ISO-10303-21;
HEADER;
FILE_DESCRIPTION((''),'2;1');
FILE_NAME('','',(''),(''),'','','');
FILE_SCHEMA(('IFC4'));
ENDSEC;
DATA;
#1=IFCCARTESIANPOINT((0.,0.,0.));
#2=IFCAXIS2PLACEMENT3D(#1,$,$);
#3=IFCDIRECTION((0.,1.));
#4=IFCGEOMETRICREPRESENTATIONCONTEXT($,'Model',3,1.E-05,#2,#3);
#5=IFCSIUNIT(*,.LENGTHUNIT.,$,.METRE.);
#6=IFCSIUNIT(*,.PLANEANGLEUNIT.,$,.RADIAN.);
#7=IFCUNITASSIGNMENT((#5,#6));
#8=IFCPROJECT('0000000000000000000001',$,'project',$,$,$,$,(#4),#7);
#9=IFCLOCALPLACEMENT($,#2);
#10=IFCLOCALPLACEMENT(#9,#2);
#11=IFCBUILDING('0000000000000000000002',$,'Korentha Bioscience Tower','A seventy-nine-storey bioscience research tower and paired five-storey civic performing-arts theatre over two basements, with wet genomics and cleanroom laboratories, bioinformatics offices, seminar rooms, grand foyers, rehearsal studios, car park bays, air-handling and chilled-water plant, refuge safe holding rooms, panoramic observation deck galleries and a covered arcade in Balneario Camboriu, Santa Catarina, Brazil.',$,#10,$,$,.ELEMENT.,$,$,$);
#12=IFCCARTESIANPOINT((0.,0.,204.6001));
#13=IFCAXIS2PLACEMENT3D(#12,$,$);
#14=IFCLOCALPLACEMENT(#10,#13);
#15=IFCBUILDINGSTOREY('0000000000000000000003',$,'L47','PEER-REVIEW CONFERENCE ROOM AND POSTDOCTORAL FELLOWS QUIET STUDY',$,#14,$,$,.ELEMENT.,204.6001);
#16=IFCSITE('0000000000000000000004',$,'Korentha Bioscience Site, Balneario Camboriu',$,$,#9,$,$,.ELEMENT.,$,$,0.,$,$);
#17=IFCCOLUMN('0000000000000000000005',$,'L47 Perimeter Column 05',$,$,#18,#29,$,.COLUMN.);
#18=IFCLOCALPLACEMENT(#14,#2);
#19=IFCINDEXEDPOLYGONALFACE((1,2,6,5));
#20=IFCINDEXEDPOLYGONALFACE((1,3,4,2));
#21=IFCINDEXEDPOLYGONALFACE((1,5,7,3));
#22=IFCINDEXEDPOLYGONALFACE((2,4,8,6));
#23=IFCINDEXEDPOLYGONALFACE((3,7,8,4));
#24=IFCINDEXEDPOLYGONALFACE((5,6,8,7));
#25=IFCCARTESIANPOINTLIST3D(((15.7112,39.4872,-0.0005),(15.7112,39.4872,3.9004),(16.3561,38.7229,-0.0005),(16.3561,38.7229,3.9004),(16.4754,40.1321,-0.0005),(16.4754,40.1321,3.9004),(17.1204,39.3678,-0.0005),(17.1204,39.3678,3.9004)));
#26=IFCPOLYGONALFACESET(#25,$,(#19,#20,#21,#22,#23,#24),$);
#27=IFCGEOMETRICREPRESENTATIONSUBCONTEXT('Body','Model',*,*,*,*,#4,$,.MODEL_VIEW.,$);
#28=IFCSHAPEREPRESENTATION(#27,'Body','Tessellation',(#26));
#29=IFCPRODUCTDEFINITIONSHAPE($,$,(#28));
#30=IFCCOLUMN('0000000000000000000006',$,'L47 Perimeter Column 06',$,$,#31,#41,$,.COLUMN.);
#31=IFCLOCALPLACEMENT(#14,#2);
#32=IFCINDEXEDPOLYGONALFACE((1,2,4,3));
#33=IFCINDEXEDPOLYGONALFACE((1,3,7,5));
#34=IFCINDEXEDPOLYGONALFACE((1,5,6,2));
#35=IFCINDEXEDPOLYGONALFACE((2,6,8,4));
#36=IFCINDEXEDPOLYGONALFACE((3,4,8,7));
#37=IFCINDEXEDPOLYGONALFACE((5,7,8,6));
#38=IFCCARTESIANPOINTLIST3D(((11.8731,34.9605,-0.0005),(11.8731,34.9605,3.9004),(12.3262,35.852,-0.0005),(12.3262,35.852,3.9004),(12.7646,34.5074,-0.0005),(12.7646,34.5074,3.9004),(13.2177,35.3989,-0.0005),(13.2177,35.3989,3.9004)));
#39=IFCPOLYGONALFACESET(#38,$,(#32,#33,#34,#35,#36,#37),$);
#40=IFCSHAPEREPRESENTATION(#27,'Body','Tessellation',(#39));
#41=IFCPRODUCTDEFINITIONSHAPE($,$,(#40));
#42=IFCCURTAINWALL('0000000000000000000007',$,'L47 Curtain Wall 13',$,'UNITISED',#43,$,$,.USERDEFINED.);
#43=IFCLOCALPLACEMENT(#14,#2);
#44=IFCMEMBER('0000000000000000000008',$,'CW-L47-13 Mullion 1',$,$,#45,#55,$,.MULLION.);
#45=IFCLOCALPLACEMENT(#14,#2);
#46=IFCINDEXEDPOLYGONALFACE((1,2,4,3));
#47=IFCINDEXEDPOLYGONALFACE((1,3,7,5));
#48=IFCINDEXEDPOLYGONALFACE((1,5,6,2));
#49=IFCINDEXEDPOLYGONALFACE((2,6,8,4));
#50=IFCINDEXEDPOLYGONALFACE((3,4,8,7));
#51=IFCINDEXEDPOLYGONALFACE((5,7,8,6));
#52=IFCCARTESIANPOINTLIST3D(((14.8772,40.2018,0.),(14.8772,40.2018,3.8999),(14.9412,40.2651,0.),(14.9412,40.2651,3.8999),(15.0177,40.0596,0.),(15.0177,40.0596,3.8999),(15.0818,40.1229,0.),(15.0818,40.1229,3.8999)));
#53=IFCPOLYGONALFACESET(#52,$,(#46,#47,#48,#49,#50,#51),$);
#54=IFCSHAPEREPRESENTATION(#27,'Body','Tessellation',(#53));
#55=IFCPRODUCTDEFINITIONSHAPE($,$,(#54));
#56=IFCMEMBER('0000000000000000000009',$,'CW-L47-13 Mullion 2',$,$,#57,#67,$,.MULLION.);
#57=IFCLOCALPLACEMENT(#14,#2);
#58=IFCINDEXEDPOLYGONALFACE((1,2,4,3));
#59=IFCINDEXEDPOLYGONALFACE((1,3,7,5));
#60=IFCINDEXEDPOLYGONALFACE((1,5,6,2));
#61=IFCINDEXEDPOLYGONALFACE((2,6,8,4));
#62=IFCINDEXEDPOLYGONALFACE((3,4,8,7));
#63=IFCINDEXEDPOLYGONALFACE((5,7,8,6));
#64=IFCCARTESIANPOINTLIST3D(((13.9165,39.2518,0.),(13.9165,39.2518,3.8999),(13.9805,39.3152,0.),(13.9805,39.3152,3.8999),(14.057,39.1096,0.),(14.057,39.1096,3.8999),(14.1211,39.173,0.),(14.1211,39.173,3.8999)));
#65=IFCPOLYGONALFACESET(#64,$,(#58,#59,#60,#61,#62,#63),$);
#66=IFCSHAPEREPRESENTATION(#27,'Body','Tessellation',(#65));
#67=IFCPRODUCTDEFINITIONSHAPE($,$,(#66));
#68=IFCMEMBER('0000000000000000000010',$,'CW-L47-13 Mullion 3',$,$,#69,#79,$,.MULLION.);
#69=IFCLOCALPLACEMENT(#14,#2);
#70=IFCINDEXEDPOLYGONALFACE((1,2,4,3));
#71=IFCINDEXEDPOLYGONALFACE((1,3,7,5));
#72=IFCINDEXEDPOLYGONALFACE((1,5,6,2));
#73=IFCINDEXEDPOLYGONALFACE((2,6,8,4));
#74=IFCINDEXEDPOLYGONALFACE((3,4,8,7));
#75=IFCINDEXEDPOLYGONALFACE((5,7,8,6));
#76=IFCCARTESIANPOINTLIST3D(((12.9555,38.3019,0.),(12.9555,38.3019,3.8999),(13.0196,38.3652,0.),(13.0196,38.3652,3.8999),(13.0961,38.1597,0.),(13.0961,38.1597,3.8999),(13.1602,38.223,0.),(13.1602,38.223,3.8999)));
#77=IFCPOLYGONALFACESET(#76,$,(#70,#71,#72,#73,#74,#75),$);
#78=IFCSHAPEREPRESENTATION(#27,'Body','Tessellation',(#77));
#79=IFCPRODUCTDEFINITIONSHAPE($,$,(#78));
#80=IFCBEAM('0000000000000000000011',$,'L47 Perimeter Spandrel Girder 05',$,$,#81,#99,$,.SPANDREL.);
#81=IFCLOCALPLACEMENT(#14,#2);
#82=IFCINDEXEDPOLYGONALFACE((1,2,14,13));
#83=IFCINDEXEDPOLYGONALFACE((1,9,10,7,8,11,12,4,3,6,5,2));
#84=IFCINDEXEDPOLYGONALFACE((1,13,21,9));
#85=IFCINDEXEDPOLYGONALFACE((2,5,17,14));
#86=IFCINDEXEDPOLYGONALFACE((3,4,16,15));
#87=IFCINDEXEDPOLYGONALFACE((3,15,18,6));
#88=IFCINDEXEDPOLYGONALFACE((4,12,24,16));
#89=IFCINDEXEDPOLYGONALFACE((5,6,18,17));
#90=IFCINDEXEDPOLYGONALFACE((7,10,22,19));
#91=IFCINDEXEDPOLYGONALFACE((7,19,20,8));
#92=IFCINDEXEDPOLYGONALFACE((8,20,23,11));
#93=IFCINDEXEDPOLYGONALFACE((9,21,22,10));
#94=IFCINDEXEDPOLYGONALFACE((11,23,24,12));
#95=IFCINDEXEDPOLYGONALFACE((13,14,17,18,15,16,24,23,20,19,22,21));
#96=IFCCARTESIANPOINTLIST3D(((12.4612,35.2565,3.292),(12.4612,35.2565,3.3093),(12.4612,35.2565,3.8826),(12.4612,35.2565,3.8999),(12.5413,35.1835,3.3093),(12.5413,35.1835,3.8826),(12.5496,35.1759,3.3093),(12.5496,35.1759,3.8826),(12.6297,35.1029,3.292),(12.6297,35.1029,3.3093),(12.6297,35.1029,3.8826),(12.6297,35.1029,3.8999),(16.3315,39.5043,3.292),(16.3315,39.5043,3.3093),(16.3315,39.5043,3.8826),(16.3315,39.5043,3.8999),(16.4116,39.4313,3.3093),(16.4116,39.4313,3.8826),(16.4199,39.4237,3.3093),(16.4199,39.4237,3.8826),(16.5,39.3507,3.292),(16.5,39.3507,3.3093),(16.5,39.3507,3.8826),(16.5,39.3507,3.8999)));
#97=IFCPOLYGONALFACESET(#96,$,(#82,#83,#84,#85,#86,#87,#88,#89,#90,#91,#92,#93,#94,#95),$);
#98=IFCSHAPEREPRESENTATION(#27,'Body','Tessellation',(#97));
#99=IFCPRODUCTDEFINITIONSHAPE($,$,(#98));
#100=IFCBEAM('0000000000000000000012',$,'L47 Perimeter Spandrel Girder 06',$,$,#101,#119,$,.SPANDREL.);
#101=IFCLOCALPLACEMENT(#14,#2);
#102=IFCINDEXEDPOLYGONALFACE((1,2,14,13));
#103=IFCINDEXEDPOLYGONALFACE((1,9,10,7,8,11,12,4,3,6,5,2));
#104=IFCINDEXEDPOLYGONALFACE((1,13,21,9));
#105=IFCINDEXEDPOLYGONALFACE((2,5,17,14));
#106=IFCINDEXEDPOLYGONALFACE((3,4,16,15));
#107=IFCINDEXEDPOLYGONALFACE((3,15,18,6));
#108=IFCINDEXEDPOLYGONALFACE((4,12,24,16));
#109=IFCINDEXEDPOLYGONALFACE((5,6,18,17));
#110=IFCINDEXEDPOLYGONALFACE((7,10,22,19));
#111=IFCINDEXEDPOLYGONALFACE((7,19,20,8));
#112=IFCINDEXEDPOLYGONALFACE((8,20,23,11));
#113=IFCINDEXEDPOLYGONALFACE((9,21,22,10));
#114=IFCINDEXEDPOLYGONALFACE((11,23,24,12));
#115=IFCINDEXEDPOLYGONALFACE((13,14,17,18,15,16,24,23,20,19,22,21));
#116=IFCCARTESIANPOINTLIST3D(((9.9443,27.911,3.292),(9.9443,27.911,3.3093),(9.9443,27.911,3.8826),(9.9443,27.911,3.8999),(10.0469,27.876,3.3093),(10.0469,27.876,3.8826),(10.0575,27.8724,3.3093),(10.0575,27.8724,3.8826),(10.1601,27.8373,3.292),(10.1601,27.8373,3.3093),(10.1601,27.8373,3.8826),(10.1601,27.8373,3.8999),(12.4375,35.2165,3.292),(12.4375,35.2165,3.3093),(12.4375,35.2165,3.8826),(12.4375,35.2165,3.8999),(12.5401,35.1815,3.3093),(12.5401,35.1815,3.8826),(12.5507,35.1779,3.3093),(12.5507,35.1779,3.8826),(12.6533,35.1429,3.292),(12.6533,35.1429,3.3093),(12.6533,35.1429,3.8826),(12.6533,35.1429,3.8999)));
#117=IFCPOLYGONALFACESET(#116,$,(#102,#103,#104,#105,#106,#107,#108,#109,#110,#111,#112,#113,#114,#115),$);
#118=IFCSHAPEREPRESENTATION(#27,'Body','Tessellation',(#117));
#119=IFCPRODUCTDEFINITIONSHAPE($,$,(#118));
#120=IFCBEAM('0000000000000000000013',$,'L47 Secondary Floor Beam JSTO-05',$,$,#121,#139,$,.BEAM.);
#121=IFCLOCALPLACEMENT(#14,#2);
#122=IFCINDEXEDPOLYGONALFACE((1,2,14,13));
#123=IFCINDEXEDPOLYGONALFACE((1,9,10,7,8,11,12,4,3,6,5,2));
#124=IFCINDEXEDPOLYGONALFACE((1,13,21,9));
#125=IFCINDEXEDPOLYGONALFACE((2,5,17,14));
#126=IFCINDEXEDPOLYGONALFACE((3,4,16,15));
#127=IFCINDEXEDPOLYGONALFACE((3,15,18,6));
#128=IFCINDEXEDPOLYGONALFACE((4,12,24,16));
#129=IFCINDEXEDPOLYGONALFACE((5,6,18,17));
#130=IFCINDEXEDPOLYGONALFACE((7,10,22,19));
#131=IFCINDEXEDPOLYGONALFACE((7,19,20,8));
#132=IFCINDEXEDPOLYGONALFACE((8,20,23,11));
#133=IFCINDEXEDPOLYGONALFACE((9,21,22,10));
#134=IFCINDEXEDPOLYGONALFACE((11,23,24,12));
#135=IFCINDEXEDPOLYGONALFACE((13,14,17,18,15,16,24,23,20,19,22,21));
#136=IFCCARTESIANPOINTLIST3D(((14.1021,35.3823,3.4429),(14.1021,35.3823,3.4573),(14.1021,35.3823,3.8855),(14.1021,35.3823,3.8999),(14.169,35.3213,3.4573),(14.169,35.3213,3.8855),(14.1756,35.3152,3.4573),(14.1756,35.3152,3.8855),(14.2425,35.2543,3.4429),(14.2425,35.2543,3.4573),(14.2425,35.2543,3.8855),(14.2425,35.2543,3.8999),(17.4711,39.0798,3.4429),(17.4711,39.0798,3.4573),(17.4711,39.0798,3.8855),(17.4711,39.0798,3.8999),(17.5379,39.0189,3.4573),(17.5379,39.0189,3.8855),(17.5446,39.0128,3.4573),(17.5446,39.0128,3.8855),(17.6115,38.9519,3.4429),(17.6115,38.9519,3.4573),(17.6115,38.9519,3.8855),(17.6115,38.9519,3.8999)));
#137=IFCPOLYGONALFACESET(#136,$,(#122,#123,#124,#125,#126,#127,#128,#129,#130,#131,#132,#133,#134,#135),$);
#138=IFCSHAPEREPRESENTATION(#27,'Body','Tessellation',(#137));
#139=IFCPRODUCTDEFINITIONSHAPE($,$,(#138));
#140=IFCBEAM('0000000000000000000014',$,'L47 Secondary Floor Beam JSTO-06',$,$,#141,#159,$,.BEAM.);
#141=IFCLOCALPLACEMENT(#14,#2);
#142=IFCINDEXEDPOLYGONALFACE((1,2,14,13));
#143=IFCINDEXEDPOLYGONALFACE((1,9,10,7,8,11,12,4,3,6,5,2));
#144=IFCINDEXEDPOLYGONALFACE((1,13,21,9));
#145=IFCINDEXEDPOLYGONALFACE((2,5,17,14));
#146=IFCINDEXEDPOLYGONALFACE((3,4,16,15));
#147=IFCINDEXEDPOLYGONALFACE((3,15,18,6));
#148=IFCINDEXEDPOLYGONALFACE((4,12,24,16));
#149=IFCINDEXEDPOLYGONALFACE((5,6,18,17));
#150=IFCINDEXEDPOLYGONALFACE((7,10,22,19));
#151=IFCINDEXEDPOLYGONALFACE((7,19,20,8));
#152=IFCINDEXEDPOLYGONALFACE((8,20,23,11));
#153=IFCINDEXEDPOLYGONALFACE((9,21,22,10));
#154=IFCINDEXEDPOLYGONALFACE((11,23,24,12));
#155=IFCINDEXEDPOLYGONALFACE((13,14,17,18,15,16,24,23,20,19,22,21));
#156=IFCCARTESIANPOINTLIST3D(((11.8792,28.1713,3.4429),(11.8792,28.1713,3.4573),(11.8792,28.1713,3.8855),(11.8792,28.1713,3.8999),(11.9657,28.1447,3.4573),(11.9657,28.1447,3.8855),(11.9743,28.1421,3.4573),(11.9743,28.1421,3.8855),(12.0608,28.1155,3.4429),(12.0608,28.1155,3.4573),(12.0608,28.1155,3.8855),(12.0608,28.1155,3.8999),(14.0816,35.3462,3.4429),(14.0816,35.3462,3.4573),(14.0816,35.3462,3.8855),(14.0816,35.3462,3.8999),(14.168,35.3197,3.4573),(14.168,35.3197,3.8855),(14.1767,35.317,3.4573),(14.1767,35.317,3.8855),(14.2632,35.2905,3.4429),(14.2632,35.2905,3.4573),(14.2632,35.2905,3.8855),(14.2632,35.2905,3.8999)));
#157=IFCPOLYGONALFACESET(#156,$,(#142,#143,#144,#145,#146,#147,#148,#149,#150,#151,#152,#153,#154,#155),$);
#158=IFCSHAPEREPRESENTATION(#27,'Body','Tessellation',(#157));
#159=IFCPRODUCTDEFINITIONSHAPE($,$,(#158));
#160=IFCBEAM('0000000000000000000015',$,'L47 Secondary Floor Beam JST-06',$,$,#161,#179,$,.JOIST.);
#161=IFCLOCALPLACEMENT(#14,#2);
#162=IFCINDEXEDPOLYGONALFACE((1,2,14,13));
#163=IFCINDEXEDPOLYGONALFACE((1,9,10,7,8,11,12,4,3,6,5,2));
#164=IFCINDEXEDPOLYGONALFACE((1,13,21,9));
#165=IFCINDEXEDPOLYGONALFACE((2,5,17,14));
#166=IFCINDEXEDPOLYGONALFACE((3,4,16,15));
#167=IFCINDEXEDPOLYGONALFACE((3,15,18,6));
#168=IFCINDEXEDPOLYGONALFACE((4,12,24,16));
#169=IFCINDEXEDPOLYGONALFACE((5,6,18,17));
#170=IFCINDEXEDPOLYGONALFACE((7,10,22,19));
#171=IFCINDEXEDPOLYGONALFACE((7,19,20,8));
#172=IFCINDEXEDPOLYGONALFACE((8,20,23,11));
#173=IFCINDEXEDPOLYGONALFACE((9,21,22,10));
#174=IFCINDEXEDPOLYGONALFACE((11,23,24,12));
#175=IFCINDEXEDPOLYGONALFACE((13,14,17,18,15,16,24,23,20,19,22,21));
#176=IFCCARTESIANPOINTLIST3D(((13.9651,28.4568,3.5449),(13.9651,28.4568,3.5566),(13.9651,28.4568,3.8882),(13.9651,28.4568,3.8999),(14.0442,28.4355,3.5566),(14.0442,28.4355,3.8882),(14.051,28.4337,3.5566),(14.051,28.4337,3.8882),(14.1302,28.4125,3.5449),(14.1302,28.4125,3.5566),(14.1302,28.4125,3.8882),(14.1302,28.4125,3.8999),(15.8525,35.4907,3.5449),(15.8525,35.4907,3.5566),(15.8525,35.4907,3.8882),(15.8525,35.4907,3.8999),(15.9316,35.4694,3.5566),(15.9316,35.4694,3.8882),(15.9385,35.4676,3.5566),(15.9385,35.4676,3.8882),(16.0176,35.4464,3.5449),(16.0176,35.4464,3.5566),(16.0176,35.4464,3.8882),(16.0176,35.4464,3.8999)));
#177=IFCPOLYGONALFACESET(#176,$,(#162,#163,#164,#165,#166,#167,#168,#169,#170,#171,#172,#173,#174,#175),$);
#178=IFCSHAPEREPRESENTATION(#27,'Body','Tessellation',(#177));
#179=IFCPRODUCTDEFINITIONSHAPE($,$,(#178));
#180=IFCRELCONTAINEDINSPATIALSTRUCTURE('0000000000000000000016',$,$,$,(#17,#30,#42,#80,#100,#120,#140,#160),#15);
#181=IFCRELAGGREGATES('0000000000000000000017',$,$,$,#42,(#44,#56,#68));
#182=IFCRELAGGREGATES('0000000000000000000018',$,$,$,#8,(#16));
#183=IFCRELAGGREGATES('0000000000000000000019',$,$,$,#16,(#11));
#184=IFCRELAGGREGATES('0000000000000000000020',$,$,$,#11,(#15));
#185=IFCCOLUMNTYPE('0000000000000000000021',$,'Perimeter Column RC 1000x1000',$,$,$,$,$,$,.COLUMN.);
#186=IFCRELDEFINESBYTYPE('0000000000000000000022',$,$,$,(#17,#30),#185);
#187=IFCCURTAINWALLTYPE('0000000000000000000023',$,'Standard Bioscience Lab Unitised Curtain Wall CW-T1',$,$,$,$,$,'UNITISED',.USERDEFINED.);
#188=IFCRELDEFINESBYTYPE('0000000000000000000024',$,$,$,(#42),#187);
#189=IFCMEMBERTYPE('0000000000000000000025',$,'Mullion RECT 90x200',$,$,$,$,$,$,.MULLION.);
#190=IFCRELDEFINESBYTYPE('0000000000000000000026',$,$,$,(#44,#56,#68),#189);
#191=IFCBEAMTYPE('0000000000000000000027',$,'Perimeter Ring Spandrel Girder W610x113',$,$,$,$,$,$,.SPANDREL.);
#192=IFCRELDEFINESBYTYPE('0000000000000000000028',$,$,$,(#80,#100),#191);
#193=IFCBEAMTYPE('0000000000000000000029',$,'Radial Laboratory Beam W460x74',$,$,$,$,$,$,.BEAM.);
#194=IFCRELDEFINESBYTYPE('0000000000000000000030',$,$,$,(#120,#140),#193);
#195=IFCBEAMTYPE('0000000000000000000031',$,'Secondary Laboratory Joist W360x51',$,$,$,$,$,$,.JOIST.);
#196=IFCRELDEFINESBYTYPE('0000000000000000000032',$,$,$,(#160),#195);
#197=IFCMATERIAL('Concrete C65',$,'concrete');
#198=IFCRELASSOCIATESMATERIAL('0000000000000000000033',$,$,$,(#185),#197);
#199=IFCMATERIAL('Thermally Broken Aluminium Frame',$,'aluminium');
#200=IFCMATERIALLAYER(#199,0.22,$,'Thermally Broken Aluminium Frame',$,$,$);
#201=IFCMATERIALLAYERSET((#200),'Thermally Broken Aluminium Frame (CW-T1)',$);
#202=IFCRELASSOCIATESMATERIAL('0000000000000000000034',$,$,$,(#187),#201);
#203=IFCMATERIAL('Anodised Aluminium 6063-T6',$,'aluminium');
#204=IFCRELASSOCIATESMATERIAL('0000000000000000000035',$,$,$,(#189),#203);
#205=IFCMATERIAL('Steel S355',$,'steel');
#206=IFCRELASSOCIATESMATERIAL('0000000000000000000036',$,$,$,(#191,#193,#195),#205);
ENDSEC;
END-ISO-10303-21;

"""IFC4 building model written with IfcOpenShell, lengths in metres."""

from ifc_helpers import new_model, si_unit, direction, frame, origin, origin_2d, place, context, subcontext, project, spatial, rectangle, i_section, extrude, material, layer, layer_set, material_profile, profile_set, type_object, element, aggregate, save


model = new_model("IFC4")

# Units and contexts
model_context = context("Model", 3, precision=1e-05, world=origin(), true_north=direction((0.0, 1.0)))
body_context = subcontext(model_context, "Body", "Model", "MODEL_VIEW")
ifc_project = project(units=[si_unit("LENGTHUNIT", "METRE"), si_unit("PLANEANGLEUNIT", "RADIAN")], contexts=[model_context])

# Site, building, storey
site_placement = place(None, origin())
site = spatial("IfcSite", under=ifc_project, at=site_placement, Name="Korentha Bioscience Site, Balneario Camboriu", CompositionType="ELEMENT", RefElevation=0.0)
building_placement = place(site_placement, origin())
building = spatial("IfcBuilding", under=site, at=building_placement, Name="Korentha Bioscience Tower", Description="A seventy-nine-storey bioscience research tower and paired five-storey civic performing-arts theatre over two basements, with wet genomics and cleanroom laboratories, bioinformatics offices, seminar rooms, grand foyers, rehearsal studios, car park bays, air-handling and chilled-water plant, refuge safe holding rooms, panoramic observation deck galleries and a covered arcade in Balneario Camboriu, Santa Catarina, Brazil.", CompositionType="ELEMENT")
storey_placement = place(building_placement, frame((0.0, 0.0, 204.6001)))
storey = spatial("IfcBuildingStorey", under=building, at=storey_placement, Name="L47", Description="PEER-REVIEW CONFERENCE ROOM AND POSTDOCTORAL FELLOWS QUIET STUDY", CompositionType="ELEMENT", Elevation=204.6001)

# Columns
ifc_material_1 = material(Name="Concrete C65", Category="concrete")
ifc_material_profile_1 = material_profile(ifc_material_1, rectangle(XDim=1.0, YDim=1.0, at=origin_2d()), Name="Concrete C65")
ifc_profile_set_1 = profile_set([ifc_material_profile_1], Name="Concrete C65 (COL-P10)")
column_type = type_object("IfcColumnType", Name="Perimeter Column RC 1000x1000", PredefinedType="COLUMN", material=ifc_profile_set_1)
for number, where, z_axis, x_axis, name in (
    (1, (16.4158, 39.4275, -0.0005), (0.0, 0.0, 1.0), (0.764246, 0.644924, 0.0), "L47 Perimeter Column 05"),
    (2, (12.5454, 35.1797, -0.0005), (0.0, 0.0, 1.0), (0.453057, 0.891481, 0.0), "L47 Perimeter Column 06"),
):
    element("IfcColumn", number, at=place(storey_placement, frame(where, z_axis=z_axis, x_axis=x_axis)), inside=storey, type_object=column_type, Name=name, PredefinedType="COLUMN", context=body_context, shape_type="SweptSolid", body=[
        extrude(rectangle(XDim=1.0, YDim=1.0, at=origin_2d()), origin(), (0.0, 0.0, 1.0), 3.9009),
    ])

# Curtain wall, members
ifc_material_2 = material(Name="Thermally Broken Aluminium Frame", Category="aluminium")
ifc_layer_1 = layer(ifc_material_2, 0.22, Name="Thermally Broken Aluminium Frame")
ifc_layer_set_1 = layer_set([ifc_layer_1], Name="Thermally Broken Aluminium Frame (CW-T1)")
curtain_wall_type = type_object("IfcCurtainWallType", Name="Standard Bioscience Lab Unitised Curtain Wall CW-T1", ElementType="UNITISED", PredefinedType="USERDEFINED", material=ifc_layer_set_1)
curtain_wall_placement = place(storey_placement, origin())
curtain_wall = element("IfcCurtainWall", 3, at=curtain_wall_placement, inside=storey, type_object=curtain_wall_type, Name="L47 Curtain Wall 13", ObjectType="UNITISED", PredefinedType="USERDEFINED")
ifc_material_3 = material(Name="Anodised Aluminium 6063-T6", Category="aluminium")
ifc_material_profile_2 = material_profile(ifc_material_3, rectangle(XDim=0.0901, YDim=0.2, at=origin_2d()), Name="Anodised Aluminium 6063-T6")
ifc_profile_set_2 = profile_set([ifc_material_profile_2], Name="Anodised Aluminium 6063-T6 (CW-MUL)")
member_type_1 = type_object("IfcMemberType", Name="Mullion RECT 90x200", PredefinedType="MULLION", material=ifc_profile_set_2)
member_1_placement = place(storey_placement, frame((14.9795, 40.1624, 0.0), z_axis=(0.0, 0.0, 1.0), x_axis=(-0.711178, -0.703012, 0.0)))
member_1 = element("IfcMember", 4, at=member_1_placement, type_object=member_type_1, Name="CW-L47-13 Mullion 1", PredefinedType="MULLION", context=body_context, shape_type="SweptSolid", body=[
    extrude(rectangle(XDim=0.0901, YDim=0.2, at=origin_2d()), origin(), (0.0, 0.0, 1.0), 3.8999),
])
member_2_placement = place(storey_placement, frame((14.0188, 39.2124, 0.0), z_axis=(0.0, 0.0, 1.0), x_axis=(-0.711178, -0.703012, 0.0)))
member_2 = element("IfcMember", 5, at=member_2_placement, type_object=member_type_1, Name="CW-L47-13 Mullion 2", PredefinedType="MULLION", context=body_context, shape_type="SweptSolid", body=[
    extrude(rectangle(XDim=0.0901, YDim=0.2, at=origin_2d()), origin(), (0.0, 0.0, 1.0), 3.8999),
])
member_3_placement = place(storey_placement, frame((13.0579, 38.2625, 0.0), z_axis=(0.0, 0.0, 1.0), x_axis=(-0.711178, -0.703012, 0.0)))
member_3 = element("IfcMember", 6, at=member_3_placement, type_object=member_type_1, Name="CW-L47-13 Mullion 3", PredefinedType="MULLION", context=body_context, shape_type="SweptSolid", body=[
    extrude(rectangle(XDim=0.0901, YDim=0.2, at=origin_2d()), origin(), (0.0, 0.0, 1.0), 3.8999),
])

# Beams
ifc_material_4 = material(Name="Steel S355", Category="steel")
ifc_material_profile_3 = material_profile(ifc_material_4, i_section(OverallWidth=0.228, OverallDepth=0.6079, WebThickness=0.0112, FlangeThickness=0.0173, at=origin_2d()), Name="Steel S355")
ifc_profile_set_3 = profile_set([ifc_material_profile_3], Name="Steel S355 (SB-610)")
beam_type_1 = type_object("IfcBeamType", Name="Perimeter Ring Spandrel Girder W610x113", PredefinedType="SPANDREL", material=ifc_profile_set_3)
beam_1_placement = place(storey_placement, frame((16.4158, 39.4275, 3.5959), z_axis=(-0.673503, -0.739184, 0.0), x_axis=(0.739184, -0.673503, 0.0)))
element("IfcBeam", 7, at=beam_1_placement, inside=storey, type_object=beam_type_1, Name="L47 Perimeter Spandrel Girder 05", PredefinedType="SPANDREL", context=body_context, shape_type="SweptSolid", body=[
    extrude(i_section(OverallWidth=0.228, OverallDepth=0.6079, WebThickness=0.0112, FlangeThickness=0.0173, at=origin_2d()), origin(), (0.0, 0.0, 1.0), 5.7466),
])
beam_2_placement = place(storey_placement, frame((12.5454, 35.1797, 3.5959), z_axis=(-0.322985, -0.946404, 0.0), x_axis=(0.946404, -0.322985, 0.0)))
element("IfcBeam", 8, at=beam_2_placement, inside=storey, type_object=beam_type_1, Name="L47 Perimeter Spandrel Girder 06", PredefinedType="SPANDREL", context=body_context, shape_type="SweptSolid", body=[
    extrude(i_section(OverallWidth=0.228, OverallDepth=0.6079, WebThickness=0.0112, FlangeThickness=0.0173, at=origin_2d()), origin(), (0.0, 0.0, 1.0), 7.7192),
])
ifc_material_profile_4 = material_profile(ifc_material_4, i_section(OverallWidth=0.1899, OverallDepth=0.457, WebThickness=0.009, FlangeThickness=0.0144, at=origin_2d()), Name="Steel S355")
ifc_profile_set_4 = profile_set([ifc_material_profile_4], Name="Steel S355 (RB-460)")
beam_type_2 = type_object("IfcBeamType", Name="Radial Laboratory Beam W460x74", PredefinedType="BEAM", material=ifc_profile_set_4)
beam_3_placement = place(storey_placement, frame((17.5413, 39.0159, 3.6714), z_axis=(-0.673496, -0.739191, 0.0), x_axis=(0.739191, -0.673496, 0.0)))
element("IfcBeam", 9, at=beam_3_placement, inside=storey, type_object=beam_type_2, Name="L47 Secondary Floor Beam JSTO-05", PredefinedType="BEAM", context=body_context, shape_type="SweptSolid", body=[
    extrude(i_section(OverallWidth=0.1899, OverallDepth=0.457, WebThickness=0.009, FlangeThickness=0.0144, at=origin_2d()), origin(), (0.0, 0.0, 1.0), 5.0022),
])
beam_4_placement = place(storey_placement, frame((14.1724, 35.3184, 3.6714), z_axis=(-0.293439, -0.955978, 0.0), x_axis=(0.955978, -0.293439, 0.0)))
element("IfcBeam", 10, at=beam_4_placement, inside=storey, type_object=beam_type_2, Name="L47 Secondary Floor Beam JSTO-06", PredefinedType="BEAM", context=body_context, shape_type="SweptSolid", body=[
    extrude(i_section(OverallWidth=0.1899, OverallDepth=0.457, WebThickness=0.009, FlangeThickness=0.0144, at=origin_2d()), origin(), (0.0, 0.0, 1.0), 7.5054),
])
ifc_material_profile_5 = material_profile(ifc_material_4, i_section(OverallWidth=0.1709, OverallDepth=0.355, WebThickness=0.0071, FlangeThickness=0.0117, at=origin_2d()), Name="Steel S355")
ifc_profile_set_5 = profile_set([ifc_material_profile_5], Name="Steel S355 (JB-360)")
beam_type_3 = type_object("IfcBeamType", Name="Secondary Laboratory Joist W360x51", PredefinedType="JOIST", material=ifc_profile_set_5)
beam_5_placement = place(storey_placement, frame((15.9351, 35.4685, 3.7224), z_axis=(-0.259167, -0.965833, 0.0), x_axis=(0.965833, -0.259167, 0.0)))
element("IfcBeam", 11, at=beam_5_placement, inside=storey, type_object=beam_type_3, Name="L47 Secondary Floor Beam JST-06", PredefinedType="JOIST", context=body_context, shape_type="SweptSolid", body=[
    extrude(i_section(OverallWidth=0.1709, OverallDepth=0.355, WebThickness=0.0071, FlangeThickness=0.0117, at=origin_2d()), origin(), (0.0, 0.0, 1.0), 7.2827),
])

aggregate(curtain_wall, [member_1, member_2, member_3])

save(model, "model.ifc")
